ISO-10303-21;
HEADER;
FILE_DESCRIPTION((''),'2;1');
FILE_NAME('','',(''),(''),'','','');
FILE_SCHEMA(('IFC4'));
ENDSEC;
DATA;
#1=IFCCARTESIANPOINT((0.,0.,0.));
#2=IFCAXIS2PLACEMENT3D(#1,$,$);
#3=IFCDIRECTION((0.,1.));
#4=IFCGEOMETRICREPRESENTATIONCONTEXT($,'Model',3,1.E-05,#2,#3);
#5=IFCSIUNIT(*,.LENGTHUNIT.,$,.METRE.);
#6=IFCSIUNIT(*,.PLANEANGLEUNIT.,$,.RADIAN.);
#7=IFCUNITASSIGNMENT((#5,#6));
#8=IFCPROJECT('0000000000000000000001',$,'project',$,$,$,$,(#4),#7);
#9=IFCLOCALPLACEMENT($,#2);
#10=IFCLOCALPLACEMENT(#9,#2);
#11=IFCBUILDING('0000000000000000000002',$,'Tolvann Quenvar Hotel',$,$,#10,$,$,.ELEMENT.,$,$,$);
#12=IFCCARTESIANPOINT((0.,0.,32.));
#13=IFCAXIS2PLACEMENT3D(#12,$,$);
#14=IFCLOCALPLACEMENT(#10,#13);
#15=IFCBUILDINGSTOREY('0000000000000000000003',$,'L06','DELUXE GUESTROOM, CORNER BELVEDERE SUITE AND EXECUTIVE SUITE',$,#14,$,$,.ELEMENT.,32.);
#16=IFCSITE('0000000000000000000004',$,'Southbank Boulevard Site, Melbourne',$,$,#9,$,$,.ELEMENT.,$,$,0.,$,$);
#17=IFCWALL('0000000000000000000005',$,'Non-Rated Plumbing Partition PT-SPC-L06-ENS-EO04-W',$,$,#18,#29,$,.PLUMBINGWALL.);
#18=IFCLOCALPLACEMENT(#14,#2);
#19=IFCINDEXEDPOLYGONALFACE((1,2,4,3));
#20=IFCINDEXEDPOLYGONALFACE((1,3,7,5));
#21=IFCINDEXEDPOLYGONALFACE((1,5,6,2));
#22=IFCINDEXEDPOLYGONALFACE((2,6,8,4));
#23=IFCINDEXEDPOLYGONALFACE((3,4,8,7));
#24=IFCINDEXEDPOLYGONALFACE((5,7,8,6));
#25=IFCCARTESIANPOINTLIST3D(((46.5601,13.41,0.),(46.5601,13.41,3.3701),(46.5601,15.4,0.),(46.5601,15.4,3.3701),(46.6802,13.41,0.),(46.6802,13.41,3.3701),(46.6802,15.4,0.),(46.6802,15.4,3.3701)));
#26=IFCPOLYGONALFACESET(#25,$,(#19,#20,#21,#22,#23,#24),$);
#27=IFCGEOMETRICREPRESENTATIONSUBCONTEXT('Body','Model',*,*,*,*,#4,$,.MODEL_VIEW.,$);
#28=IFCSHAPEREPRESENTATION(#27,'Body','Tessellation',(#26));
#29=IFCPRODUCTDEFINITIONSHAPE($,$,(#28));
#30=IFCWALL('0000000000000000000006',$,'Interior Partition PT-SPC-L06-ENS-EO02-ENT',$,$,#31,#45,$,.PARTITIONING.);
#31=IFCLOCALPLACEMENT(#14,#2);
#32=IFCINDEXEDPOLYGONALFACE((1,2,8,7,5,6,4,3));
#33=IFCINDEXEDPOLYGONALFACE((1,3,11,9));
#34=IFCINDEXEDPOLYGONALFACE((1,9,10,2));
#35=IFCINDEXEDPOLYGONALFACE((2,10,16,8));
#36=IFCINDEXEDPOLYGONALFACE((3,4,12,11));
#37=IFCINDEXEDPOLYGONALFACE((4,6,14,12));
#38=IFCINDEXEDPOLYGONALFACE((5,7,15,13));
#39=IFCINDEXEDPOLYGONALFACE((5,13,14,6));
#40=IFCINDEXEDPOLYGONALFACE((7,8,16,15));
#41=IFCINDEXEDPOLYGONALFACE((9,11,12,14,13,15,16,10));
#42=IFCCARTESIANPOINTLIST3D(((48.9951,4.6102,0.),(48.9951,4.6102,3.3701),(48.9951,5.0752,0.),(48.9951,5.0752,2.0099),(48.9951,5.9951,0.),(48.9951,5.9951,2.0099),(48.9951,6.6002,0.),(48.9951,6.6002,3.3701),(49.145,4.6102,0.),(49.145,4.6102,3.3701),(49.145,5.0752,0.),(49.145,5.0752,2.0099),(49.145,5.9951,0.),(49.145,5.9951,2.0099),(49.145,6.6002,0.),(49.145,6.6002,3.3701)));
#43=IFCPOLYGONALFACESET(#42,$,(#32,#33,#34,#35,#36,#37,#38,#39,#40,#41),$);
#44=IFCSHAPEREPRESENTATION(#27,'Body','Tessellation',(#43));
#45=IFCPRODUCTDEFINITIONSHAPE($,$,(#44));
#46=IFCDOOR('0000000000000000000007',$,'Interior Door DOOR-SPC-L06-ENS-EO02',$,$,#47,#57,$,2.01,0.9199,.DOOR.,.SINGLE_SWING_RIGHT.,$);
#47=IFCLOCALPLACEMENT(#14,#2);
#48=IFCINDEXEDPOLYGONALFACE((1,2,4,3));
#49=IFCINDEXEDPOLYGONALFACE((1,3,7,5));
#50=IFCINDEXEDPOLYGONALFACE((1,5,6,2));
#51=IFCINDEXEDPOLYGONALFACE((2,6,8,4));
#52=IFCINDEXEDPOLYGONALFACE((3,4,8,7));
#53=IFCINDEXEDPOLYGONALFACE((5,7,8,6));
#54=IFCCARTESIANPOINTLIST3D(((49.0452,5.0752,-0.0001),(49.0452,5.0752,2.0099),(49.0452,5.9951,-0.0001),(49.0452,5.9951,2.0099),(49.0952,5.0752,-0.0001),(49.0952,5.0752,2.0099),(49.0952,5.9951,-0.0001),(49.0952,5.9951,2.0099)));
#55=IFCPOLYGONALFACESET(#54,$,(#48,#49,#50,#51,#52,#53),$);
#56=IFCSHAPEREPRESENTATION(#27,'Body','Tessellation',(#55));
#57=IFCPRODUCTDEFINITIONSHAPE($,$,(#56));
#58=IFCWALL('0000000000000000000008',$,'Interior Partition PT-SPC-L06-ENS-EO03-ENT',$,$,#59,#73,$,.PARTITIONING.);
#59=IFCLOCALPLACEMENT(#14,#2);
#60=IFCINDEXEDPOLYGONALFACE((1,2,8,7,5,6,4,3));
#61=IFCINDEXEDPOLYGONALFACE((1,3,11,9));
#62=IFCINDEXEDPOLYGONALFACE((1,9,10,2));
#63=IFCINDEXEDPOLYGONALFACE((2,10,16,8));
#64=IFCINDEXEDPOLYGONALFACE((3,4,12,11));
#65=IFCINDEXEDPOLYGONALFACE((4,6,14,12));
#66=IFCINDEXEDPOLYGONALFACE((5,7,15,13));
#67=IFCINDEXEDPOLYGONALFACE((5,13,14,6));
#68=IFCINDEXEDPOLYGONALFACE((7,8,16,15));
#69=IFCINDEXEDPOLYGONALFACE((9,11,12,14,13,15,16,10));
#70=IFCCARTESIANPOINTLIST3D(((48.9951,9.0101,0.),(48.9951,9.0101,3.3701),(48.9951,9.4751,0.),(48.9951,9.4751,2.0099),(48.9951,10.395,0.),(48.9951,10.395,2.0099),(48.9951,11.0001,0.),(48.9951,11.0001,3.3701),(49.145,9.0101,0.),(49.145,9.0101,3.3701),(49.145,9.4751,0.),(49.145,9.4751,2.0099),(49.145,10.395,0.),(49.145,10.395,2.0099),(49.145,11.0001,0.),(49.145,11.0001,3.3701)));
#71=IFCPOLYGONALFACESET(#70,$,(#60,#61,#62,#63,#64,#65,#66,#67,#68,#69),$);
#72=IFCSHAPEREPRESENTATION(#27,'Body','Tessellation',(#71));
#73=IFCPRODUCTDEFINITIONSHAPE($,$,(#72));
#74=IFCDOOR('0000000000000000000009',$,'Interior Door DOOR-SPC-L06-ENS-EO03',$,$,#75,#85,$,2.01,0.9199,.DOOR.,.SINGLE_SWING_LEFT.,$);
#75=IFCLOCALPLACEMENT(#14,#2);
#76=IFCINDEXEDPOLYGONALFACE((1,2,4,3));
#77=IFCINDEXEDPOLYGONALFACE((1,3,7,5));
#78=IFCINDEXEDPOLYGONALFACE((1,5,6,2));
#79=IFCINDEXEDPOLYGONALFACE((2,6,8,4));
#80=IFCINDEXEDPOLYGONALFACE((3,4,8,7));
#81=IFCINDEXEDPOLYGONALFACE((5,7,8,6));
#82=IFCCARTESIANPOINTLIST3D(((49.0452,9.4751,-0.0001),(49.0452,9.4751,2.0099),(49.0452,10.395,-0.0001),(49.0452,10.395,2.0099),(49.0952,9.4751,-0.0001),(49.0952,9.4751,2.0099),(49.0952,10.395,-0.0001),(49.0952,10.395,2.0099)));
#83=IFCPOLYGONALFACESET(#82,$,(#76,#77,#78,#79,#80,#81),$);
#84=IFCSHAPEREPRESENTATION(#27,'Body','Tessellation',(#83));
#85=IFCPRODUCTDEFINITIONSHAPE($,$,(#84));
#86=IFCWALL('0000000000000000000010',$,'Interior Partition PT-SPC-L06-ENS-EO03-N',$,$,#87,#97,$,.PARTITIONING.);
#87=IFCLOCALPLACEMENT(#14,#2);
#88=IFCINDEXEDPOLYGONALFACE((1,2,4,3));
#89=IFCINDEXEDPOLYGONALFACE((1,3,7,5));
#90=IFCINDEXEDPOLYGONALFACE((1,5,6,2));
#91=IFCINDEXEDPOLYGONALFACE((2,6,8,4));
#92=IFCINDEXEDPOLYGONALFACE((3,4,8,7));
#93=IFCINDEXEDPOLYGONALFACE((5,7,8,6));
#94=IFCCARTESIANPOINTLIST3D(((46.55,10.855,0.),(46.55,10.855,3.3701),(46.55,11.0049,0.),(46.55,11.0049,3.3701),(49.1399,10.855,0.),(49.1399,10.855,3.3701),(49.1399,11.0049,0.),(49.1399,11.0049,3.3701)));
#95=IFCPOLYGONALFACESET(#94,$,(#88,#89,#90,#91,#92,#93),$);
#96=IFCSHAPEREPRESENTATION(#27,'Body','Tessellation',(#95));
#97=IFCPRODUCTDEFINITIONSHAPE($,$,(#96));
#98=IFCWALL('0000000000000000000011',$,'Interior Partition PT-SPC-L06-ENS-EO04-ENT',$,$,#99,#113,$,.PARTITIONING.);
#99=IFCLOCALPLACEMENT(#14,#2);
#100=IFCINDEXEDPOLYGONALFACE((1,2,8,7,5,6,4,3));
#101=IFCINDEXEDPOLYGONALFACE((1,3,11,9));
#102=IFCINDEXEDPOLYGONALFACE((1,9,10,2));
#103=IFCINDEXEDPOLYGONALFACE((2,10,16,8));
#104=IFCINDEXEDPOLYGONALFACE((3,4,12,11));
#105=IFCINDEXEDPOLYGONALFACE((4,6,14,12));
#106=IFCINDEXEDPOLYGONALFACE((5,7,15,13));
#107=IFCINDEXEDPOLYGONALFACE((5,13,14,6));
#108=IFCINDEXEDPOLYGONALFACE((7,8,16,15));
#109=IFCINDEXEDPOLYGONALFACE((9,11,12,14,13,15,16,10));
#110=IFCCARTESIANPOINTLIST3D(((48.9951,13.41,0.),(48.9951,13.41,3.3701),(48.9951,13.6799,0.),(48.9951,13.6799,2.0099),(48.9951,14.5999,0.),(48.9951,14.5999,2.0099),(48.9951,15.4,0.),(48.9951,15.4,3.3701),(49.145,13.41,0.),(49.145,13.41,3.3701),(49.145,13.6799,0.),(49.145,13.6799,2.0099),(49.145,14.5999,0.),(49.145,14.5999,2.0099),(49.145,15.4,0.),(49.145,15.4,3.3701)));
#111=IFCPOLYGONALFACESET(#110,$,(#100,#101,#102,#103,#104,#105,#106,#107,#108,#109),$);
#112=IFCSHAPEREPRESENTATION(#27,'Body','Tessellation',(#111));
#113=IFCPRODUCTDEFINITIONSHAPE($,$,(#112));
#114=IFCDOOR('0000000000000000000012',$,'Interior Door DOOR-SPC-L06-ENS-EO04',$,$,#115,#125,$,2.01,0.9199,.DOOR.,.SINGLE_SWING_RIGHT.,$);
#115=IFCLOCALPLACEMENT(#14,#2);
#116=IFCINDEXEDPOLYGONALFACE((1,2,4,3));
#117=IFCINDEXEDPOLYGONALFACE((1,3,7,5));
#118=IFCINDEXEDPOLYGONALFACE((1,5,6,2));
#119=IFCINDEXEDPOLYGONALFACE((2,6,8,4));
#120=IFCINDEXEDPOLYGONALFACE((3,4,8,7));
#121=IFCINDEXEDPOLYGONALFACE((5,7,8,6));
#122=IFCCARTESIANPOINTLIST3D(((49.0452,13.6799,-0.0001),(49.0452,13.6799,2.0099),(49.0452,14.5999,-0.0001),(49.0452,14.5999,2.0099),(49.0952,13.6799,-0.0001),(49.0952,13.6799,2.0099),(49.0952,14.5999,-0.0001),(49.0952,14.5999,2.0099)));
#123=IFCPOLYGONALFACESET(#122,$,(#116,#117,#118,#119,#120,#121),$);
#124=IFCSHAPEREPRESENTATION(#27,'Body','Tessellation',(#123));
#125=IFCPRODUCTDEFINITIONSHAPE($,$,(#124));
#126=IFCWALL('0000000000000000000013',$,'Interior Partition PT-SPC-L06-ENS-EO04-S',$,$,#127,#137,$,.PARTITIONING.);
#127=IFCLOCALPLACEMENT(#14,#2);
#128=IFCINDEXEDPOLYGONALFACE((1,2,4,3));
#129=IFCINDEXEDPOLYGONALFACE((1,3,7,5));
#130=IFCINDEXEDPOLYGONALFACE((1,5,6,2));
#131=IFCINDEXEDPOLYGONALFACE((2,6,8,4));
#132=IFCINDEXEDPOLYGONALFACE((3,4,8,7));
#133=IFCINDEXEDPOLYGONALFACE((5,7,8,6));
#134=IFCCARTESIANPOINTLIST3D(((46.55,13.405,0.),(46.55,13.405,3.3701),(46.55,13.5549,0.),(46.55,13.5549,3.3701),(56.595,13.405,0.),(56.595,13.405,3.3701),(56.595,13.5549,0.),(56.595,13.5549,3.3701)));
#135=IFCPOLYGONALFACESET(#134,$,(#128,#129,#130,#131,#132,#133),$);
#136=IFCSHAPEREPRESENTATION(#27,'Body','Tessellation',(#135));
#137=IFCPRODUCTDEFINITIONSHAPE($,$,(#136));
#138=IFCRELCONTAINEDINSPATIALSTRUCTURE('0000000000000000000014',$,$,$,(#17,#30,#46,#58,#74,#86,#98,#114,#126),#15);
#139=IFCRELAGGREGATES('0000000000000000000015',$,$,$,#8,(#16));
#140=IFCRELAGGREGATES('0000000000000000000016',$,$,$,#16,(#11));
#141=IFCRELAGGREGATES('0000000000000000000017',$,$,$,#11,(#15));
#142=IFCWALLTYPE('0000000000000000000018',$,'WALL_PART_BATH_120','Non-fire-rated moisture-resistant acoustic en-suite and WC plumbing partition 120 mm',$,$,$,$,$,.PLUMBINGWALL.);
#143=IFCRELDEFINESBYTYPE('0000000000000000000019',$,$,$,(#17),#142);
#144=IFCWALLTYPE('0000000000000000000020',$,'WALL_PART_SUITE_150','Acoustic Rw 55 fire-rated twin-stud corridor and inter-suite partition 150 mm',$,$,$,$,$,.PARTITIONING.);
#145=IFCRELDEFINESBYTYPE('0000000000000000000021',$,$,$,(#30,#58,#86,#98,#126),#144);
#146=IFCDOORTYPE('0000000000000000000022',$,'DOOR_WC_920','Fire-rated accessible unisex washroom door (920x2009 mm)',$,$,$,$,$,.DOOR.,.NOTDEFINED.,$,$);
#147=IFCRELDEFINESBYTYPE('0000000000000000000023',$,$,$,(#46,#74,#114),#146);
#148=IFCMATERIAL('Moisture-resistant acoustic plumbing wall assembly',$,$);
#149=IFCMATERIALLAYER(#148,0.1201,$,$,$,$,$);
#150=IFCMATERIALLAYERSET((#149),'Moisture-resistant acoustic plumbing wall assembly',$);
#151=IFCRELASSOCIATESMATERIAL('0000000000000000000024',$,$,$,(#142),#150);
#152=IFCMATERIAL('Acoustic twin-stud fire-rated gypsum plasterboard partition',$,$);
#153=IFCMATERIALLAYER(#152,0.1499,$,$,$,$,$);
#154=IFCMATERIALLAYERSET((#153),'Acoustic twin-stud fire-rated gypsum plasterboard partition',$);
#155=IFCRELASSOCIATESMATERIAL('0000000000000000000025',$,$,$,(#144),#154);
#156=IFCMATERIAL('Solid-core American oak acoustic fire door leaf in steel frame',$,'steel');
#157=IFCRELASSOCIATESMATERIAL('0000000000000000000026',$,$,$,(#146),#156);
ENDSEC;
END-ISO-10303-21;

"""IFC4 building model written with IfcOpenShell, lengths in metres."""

from ifc_helpers import new_model, si_unit, direction, frame, frame_2d, origin, place, context, subcontext, project, spatial, rectangle, extrude, source, transform, mapped, material, layer, layer_set, type_object, type_shapes, element, fill, save


model = new_model("IFC4")

# Units and contexts
model_context = context("Model", 3, precision=1e-05, world=origin(), true_north=direction((0.0, 1.0)))
body_context = subcontext(model_context, "Body", "Model", "MODEL_VIEW")
ifc_project = project(units=[si_unit("LENGTHUNIT", "METRE"), si_unit("PLANEANGLEUNIT", "RADIAN")], contexts=[model_context])

# Site, building, storey
site_placement = place(None, origin())
site = spatial("IfcSite", under=ifc_project, at=site_placement, Name="Southbank Boulevard Site, Melbourne", CompositionType="ELEMENT", RefElevation=0.0)
building_placement = place(site_placement, origin())
building = spatial("IfcBuilding", under=site, at=building_placement, Name="Tolvann Quenvar Hotel", CompositionType="ELEMENT")
storey_placement = place(building_placement, frame((0.0, 0.0, 32.0)))
storey = spatial("IfcBuildingStorey", under=building, at=storey_placement, Name="L06", Description="DELUXE GUESTROOM, CORNER BELVEDERE SUITE AND EXECUTIVE SUITE", CompositionType="ELEMENT", Elevation=32.0)

# Wall
ifc_material_1 = material(Name="Moisture-resistant acoustic plumbing wall assembly")
ifc_layer_1 = layer(ifc_material_1, 0.1201)
ifc_layer_set_1 = layer_set([ifc_layer_1], Name="Moisture-resistant acoustic plumbing wall assembly")
wall_type_1 = type_object("IfcWallType", Name="WALL_PART_BATH_120", Description="Non-fire-rated moisture-resistant acoustic en-suite and WC plumbing partition 120 mm", PredefinedType="PLUMBINGWALL", material=ifc_layer_set_1)
for number, where, z_axis, x_axis, name in (
    (1, (46.6201, 13.4099, 0.0), (0.0, 0.0, 1.0), (0.0, 1.0, 0.0), "Non-Rated Plumbing Partition PT-SPC-L06-ENS-EO04-W"),
):
    element("IfcWall", number, at=place(storey_placement, frame(where, z_axis=z_axis, x_axis=x_axis)), inside=storey, type_object=wall_type_1, Name=name, PredefinedType="PLUMBINGWALL", context=body_context, shape_type="SweptSolid", body=[
        extrude(rectangle(XDim=1.99, YDim=0.1201, at=frame_2d((0.9951, 0.0))), origin(), (0.0, 0.0, 1.0), 3.3701),
    ])

# Walls, openings, doors
ifc_material_2 = material(Name="Acoustic twin-stud fire-rated gypsum plasterboard partition")
ifc_layer_2 = layer(ifc_material_2, 0.1499)
ifc_layer_set_2 = layer_set([ifc_layer_2], Name="Acoustic twin-stud fire-rated gypsum plasterboard partition")
wall_type_2 = type_object("IfcWallType", Name="WALL_PART_SUITE_150", Description="Acoustic Rw 55 fire-rated twin-stud corridor and inter-suite partition 150 mm", PredefinedType="PARTITIONING", material=ifc_layer_set_2)
wall_1_placement = place(storey_placement, frame((49.0701, 4.6101, 0.0), z_axis=(0.0, 0.0, 1.0), x_axis=(0.0, 1.0, 0.0)))
wall_1 = element("IfcWall", 2, at=wall_1_placement, inside=storey, type_object=wall_type_2, Name="Interior Partition PT-SPC-L06-ENS-EO02-ENT", PredefinedType="PARTITIONING", context=body_context, shape_type="SweptSolid", body=[
    extrude(rectangle(XDim=1.99, YDim=0.1499, at=frame_2d((0.9951, 0.0))), origin(), (0.0, 0.0, 1.0), 3.3701),
])
opening_1_placement = place(wall_1_placement, frame((0.4651, 0.0, 0.0)))
opening_1 = element("IfcOpeningElement", 3, at=opening_1_placement, cuts=wall_1, PredefinedType="OPENING", context=body_context, shape_type="SweptSolid", body=[
    extrude(rectangle(XDim=0.9199, YDim=2.01, at=frame_2d((0.46, 1.0049))), frame((0.0, 0.085, 0.0), z_axis=(0.0, -1.0, 0.0), x_axis=(1.0, 0.0, 0.0)), (0.0, 0.0, 1.0), 0.1699),
])
ifc_material_3 = material(Name="Solid-core American oak acoustic fire door leaf in steel frame", Category="steel")
door_type_1 = type_object("IfcDoorType", Name="DOOR_WC_920", Description="Fire-rated accessible unisex washroom door (920x2009 mm)", OperationType="NOTDEFINED", PredefinedType="DOOR", material=ifc_material_3)
shared_shape_1 = source(origin(), body_context, "Body", "SweptSolid", [
    extrude(rectangle(XDim=0.9199, YDim=2.01, at=frame_2d((0.46, 1.0049))), frame((0.0, 0.0249, 0.0), z_axis=(0.0, -1.0, 0.0), x_axis=(1.0, 0.0, 0.0)), (0.0, 0.0, 1.0), 0.05),
])
type_shapes(door_type_1, [shared_shape_1])
door_1_placement = place(opening_1_placement, origin())
door_1 = element("IfcDoor", 4, at=door_1_placement, inside=storey, type_object=door_type_1, Name="Interior Door DOOR-SPC-L06-ENS-EO02", OperationType="SINGLE_SWING_RIGHT", OverallHeight=2.01, OverallWidth=0.9199, PredefinedType="DOOR", context=body_context, shape_type="MappedRepresentation", body=[
    mapped(shared_shape_1, transform((0.0, 0.0, 0.0), x_axis=(1.0, 0.0, 0.0), y_axis=(0.0, 1.0, 0.0), z_axis=(0.0, 0.0, 1.0), scale=1.0)),
])
fill(opening_1, door_1)
wall_2_placement = place(storey_placement, frame((49.0701, 9.01, 0.0), z_axis=(0.0, 0.0, 1.0), x_axis=(0.0, 1.0, 0.0)))
wall_2 = element("IfcWall", 5, at=wall_2_placement, inside=storey, type_object=wall_type_2, Name="Interior Partition PT-SPC-L06-ENS-EO03-ENT", PredefinedType="PARTITIONING", context=body_context, shape_type="SweptSolid", body=[
    extrude(rectangle(XDim=1.99, YDim=0.1499, at=frame_2d((0.9951, 0.0))), origin(), (0.0, 0.0, 1.0), 3.3701),
])
opening_2_placement = place(wall_2_placement, frame((0.4651, 0.0, 0.0)))
opening_2 = element("IfcOpeningElement", 6, at=opening_2_placement, cuts=wall_2, PredefinedType="OPENING", context=body_context, shape_type="SweptSolid", body=[
    extrude(rectangle(XDim=0.9199, YDim=2.01, at=frame_2d((0.46, 1.0049))), frame((0.0, 0.085, 0.0), z_axis=(0.0, -1.0, 0.0), x_axis=(1.0, 0.0, 0.0)), (0.0, 0.0, 1.0), 0.1699),
])
door_2_placement = place(opening_2_placement, origin())
door_2 = element("IfcDoor", 7, at=door_2_placement, inside=storey, type_object=door_type_1, Name="Interior Door DOOR-SPC-L06-ENS-EO03", OperationType="SINGLE_SWING_LEFT", OverallHeight=2.01, OverallWidth=0.9199, PredefinedType="DOOR", context=body_context, shape_type="MappedRepresentation", body=[
    mapped(shared_shape_1, transform((0.0, 0.0, 0.0), x_axis=(1.0, 0.0, 0.0), y_axis=(0.0, 1.0, 0.0), z_axis=(0.0, 0.0, 1.0), scale=1.0)),
])
fill(opening_2, door_2)

# Wall
wall_3_placement = place(storey_placement, frame((46.55, 10.9299, 0.0), z_axis=(0.0, 0.0, 1.0), x_axis=(1.0, 0.0, 0.0)))
element("IfcWall", 8, at=wall_3_placement, inside=storey, type_object=wall_type_2, Name="Interior Partition PT-SPC-L06-ENS-EO03-N", PredefinedType="PARTITIONING", context=body_context, shape_type="SweptSolid", body=[
    extrude(rectangle(XDim=2.5898, YDim=0.1499, at=frame_2d((1.2949, 0.0))), origin(), (0.0, 0.0, 1.0), 3.3701),
])

# Wall, opening, door
wall_4_placement = place(storey_placement, frame((49.0701, 13.4099, 0.0), z_axis=(0.0, 0.0, 1.0), x_axis=(0.0, 1.0, 0.0)))
wall_4 = element("IfcWall", 9, at=wall_4_placement, inside=storey, type_object=wall_type_2, Name="Interior Partition PT-SPC-L06-ENS-EO04-ENT", PredefinedType="PARTITIONING", context=body_context, shape_type="SweptSolid", body=[
    extrude(rectangle(XDim=1.99, YDim=0.1499, at=frame_2d((0.9951, 0.0))), origin(), (0.0, 0.0, 1.0), 3.3701),
])
opening_3_placement = place(wall_4_placement, frame((0.27, 0.0, 0.0)))
opening_3 = element("IfcOpeningElement", 10, at=opening_3_placement, cuts=wall_4, PredefinedType="OPENING", context=body_context, shape_type="SweptSolid", body=[
    extrude(rectangle(XDim=0.9199, YDim=2.01, at=frame_2d((0.46, 1.0049))), frame((0.0, 0.085, 0.0), z_axis=(0.0, -1.0, 0.0), x_axis=(1.0, 0.0, 0.0)), (0.0, 0.0, 1.0), 0.1699),
])
door_3_placement = place(opening_3_placement, origin())
door_3 = element("IfcDoor", 11, at=door_3_placement, inside=storey, type_object=door_type_1, Name="Interior Door DOOR-SPC-L06-ENS-EO04", OperationType="SINGLE_SWING_RIGHT", OverallHeight=2.01, OverallWidth=0.9199, PredefinedType="DOOR", context=body_context, shape_type="MappedRepresentation", body=[
    mapped(shared_shape_1, transform((0.0, 0.0, 0.0), x_axis=(1.0, 0.0, 0.0), y_axis=(0.0, 1.0, 0.0), z_axis=(0.0, 0.0, 1.0), scale=1.0)),
])
fill(opening_3, door_3)

# Wall
wall_5_placement = place(storey_placement, frame((46.55, 13.48, 0.0), z_axis=(0.0, 0.0, 1.0), x_axis=(1.0, 0.0, 0.0)))
element("IfcWall", 12, at=wall_5_placement, inside=storey, type_object=wall_type_2, Name="Interior Partition PT-SPC-L06-ENS-EO04-S", PredefinedType="PARTITIONING", context=body_context, shape_type="SweptSolid", body=[
    extrude(rectangle(XDim=10.0449, YDim=0.1499, at=frame_2d((5.0225, 0.0))), origin(), (0.0, 0.0, 1.0), 3.3701),
])

save(model, "model.ifc")
